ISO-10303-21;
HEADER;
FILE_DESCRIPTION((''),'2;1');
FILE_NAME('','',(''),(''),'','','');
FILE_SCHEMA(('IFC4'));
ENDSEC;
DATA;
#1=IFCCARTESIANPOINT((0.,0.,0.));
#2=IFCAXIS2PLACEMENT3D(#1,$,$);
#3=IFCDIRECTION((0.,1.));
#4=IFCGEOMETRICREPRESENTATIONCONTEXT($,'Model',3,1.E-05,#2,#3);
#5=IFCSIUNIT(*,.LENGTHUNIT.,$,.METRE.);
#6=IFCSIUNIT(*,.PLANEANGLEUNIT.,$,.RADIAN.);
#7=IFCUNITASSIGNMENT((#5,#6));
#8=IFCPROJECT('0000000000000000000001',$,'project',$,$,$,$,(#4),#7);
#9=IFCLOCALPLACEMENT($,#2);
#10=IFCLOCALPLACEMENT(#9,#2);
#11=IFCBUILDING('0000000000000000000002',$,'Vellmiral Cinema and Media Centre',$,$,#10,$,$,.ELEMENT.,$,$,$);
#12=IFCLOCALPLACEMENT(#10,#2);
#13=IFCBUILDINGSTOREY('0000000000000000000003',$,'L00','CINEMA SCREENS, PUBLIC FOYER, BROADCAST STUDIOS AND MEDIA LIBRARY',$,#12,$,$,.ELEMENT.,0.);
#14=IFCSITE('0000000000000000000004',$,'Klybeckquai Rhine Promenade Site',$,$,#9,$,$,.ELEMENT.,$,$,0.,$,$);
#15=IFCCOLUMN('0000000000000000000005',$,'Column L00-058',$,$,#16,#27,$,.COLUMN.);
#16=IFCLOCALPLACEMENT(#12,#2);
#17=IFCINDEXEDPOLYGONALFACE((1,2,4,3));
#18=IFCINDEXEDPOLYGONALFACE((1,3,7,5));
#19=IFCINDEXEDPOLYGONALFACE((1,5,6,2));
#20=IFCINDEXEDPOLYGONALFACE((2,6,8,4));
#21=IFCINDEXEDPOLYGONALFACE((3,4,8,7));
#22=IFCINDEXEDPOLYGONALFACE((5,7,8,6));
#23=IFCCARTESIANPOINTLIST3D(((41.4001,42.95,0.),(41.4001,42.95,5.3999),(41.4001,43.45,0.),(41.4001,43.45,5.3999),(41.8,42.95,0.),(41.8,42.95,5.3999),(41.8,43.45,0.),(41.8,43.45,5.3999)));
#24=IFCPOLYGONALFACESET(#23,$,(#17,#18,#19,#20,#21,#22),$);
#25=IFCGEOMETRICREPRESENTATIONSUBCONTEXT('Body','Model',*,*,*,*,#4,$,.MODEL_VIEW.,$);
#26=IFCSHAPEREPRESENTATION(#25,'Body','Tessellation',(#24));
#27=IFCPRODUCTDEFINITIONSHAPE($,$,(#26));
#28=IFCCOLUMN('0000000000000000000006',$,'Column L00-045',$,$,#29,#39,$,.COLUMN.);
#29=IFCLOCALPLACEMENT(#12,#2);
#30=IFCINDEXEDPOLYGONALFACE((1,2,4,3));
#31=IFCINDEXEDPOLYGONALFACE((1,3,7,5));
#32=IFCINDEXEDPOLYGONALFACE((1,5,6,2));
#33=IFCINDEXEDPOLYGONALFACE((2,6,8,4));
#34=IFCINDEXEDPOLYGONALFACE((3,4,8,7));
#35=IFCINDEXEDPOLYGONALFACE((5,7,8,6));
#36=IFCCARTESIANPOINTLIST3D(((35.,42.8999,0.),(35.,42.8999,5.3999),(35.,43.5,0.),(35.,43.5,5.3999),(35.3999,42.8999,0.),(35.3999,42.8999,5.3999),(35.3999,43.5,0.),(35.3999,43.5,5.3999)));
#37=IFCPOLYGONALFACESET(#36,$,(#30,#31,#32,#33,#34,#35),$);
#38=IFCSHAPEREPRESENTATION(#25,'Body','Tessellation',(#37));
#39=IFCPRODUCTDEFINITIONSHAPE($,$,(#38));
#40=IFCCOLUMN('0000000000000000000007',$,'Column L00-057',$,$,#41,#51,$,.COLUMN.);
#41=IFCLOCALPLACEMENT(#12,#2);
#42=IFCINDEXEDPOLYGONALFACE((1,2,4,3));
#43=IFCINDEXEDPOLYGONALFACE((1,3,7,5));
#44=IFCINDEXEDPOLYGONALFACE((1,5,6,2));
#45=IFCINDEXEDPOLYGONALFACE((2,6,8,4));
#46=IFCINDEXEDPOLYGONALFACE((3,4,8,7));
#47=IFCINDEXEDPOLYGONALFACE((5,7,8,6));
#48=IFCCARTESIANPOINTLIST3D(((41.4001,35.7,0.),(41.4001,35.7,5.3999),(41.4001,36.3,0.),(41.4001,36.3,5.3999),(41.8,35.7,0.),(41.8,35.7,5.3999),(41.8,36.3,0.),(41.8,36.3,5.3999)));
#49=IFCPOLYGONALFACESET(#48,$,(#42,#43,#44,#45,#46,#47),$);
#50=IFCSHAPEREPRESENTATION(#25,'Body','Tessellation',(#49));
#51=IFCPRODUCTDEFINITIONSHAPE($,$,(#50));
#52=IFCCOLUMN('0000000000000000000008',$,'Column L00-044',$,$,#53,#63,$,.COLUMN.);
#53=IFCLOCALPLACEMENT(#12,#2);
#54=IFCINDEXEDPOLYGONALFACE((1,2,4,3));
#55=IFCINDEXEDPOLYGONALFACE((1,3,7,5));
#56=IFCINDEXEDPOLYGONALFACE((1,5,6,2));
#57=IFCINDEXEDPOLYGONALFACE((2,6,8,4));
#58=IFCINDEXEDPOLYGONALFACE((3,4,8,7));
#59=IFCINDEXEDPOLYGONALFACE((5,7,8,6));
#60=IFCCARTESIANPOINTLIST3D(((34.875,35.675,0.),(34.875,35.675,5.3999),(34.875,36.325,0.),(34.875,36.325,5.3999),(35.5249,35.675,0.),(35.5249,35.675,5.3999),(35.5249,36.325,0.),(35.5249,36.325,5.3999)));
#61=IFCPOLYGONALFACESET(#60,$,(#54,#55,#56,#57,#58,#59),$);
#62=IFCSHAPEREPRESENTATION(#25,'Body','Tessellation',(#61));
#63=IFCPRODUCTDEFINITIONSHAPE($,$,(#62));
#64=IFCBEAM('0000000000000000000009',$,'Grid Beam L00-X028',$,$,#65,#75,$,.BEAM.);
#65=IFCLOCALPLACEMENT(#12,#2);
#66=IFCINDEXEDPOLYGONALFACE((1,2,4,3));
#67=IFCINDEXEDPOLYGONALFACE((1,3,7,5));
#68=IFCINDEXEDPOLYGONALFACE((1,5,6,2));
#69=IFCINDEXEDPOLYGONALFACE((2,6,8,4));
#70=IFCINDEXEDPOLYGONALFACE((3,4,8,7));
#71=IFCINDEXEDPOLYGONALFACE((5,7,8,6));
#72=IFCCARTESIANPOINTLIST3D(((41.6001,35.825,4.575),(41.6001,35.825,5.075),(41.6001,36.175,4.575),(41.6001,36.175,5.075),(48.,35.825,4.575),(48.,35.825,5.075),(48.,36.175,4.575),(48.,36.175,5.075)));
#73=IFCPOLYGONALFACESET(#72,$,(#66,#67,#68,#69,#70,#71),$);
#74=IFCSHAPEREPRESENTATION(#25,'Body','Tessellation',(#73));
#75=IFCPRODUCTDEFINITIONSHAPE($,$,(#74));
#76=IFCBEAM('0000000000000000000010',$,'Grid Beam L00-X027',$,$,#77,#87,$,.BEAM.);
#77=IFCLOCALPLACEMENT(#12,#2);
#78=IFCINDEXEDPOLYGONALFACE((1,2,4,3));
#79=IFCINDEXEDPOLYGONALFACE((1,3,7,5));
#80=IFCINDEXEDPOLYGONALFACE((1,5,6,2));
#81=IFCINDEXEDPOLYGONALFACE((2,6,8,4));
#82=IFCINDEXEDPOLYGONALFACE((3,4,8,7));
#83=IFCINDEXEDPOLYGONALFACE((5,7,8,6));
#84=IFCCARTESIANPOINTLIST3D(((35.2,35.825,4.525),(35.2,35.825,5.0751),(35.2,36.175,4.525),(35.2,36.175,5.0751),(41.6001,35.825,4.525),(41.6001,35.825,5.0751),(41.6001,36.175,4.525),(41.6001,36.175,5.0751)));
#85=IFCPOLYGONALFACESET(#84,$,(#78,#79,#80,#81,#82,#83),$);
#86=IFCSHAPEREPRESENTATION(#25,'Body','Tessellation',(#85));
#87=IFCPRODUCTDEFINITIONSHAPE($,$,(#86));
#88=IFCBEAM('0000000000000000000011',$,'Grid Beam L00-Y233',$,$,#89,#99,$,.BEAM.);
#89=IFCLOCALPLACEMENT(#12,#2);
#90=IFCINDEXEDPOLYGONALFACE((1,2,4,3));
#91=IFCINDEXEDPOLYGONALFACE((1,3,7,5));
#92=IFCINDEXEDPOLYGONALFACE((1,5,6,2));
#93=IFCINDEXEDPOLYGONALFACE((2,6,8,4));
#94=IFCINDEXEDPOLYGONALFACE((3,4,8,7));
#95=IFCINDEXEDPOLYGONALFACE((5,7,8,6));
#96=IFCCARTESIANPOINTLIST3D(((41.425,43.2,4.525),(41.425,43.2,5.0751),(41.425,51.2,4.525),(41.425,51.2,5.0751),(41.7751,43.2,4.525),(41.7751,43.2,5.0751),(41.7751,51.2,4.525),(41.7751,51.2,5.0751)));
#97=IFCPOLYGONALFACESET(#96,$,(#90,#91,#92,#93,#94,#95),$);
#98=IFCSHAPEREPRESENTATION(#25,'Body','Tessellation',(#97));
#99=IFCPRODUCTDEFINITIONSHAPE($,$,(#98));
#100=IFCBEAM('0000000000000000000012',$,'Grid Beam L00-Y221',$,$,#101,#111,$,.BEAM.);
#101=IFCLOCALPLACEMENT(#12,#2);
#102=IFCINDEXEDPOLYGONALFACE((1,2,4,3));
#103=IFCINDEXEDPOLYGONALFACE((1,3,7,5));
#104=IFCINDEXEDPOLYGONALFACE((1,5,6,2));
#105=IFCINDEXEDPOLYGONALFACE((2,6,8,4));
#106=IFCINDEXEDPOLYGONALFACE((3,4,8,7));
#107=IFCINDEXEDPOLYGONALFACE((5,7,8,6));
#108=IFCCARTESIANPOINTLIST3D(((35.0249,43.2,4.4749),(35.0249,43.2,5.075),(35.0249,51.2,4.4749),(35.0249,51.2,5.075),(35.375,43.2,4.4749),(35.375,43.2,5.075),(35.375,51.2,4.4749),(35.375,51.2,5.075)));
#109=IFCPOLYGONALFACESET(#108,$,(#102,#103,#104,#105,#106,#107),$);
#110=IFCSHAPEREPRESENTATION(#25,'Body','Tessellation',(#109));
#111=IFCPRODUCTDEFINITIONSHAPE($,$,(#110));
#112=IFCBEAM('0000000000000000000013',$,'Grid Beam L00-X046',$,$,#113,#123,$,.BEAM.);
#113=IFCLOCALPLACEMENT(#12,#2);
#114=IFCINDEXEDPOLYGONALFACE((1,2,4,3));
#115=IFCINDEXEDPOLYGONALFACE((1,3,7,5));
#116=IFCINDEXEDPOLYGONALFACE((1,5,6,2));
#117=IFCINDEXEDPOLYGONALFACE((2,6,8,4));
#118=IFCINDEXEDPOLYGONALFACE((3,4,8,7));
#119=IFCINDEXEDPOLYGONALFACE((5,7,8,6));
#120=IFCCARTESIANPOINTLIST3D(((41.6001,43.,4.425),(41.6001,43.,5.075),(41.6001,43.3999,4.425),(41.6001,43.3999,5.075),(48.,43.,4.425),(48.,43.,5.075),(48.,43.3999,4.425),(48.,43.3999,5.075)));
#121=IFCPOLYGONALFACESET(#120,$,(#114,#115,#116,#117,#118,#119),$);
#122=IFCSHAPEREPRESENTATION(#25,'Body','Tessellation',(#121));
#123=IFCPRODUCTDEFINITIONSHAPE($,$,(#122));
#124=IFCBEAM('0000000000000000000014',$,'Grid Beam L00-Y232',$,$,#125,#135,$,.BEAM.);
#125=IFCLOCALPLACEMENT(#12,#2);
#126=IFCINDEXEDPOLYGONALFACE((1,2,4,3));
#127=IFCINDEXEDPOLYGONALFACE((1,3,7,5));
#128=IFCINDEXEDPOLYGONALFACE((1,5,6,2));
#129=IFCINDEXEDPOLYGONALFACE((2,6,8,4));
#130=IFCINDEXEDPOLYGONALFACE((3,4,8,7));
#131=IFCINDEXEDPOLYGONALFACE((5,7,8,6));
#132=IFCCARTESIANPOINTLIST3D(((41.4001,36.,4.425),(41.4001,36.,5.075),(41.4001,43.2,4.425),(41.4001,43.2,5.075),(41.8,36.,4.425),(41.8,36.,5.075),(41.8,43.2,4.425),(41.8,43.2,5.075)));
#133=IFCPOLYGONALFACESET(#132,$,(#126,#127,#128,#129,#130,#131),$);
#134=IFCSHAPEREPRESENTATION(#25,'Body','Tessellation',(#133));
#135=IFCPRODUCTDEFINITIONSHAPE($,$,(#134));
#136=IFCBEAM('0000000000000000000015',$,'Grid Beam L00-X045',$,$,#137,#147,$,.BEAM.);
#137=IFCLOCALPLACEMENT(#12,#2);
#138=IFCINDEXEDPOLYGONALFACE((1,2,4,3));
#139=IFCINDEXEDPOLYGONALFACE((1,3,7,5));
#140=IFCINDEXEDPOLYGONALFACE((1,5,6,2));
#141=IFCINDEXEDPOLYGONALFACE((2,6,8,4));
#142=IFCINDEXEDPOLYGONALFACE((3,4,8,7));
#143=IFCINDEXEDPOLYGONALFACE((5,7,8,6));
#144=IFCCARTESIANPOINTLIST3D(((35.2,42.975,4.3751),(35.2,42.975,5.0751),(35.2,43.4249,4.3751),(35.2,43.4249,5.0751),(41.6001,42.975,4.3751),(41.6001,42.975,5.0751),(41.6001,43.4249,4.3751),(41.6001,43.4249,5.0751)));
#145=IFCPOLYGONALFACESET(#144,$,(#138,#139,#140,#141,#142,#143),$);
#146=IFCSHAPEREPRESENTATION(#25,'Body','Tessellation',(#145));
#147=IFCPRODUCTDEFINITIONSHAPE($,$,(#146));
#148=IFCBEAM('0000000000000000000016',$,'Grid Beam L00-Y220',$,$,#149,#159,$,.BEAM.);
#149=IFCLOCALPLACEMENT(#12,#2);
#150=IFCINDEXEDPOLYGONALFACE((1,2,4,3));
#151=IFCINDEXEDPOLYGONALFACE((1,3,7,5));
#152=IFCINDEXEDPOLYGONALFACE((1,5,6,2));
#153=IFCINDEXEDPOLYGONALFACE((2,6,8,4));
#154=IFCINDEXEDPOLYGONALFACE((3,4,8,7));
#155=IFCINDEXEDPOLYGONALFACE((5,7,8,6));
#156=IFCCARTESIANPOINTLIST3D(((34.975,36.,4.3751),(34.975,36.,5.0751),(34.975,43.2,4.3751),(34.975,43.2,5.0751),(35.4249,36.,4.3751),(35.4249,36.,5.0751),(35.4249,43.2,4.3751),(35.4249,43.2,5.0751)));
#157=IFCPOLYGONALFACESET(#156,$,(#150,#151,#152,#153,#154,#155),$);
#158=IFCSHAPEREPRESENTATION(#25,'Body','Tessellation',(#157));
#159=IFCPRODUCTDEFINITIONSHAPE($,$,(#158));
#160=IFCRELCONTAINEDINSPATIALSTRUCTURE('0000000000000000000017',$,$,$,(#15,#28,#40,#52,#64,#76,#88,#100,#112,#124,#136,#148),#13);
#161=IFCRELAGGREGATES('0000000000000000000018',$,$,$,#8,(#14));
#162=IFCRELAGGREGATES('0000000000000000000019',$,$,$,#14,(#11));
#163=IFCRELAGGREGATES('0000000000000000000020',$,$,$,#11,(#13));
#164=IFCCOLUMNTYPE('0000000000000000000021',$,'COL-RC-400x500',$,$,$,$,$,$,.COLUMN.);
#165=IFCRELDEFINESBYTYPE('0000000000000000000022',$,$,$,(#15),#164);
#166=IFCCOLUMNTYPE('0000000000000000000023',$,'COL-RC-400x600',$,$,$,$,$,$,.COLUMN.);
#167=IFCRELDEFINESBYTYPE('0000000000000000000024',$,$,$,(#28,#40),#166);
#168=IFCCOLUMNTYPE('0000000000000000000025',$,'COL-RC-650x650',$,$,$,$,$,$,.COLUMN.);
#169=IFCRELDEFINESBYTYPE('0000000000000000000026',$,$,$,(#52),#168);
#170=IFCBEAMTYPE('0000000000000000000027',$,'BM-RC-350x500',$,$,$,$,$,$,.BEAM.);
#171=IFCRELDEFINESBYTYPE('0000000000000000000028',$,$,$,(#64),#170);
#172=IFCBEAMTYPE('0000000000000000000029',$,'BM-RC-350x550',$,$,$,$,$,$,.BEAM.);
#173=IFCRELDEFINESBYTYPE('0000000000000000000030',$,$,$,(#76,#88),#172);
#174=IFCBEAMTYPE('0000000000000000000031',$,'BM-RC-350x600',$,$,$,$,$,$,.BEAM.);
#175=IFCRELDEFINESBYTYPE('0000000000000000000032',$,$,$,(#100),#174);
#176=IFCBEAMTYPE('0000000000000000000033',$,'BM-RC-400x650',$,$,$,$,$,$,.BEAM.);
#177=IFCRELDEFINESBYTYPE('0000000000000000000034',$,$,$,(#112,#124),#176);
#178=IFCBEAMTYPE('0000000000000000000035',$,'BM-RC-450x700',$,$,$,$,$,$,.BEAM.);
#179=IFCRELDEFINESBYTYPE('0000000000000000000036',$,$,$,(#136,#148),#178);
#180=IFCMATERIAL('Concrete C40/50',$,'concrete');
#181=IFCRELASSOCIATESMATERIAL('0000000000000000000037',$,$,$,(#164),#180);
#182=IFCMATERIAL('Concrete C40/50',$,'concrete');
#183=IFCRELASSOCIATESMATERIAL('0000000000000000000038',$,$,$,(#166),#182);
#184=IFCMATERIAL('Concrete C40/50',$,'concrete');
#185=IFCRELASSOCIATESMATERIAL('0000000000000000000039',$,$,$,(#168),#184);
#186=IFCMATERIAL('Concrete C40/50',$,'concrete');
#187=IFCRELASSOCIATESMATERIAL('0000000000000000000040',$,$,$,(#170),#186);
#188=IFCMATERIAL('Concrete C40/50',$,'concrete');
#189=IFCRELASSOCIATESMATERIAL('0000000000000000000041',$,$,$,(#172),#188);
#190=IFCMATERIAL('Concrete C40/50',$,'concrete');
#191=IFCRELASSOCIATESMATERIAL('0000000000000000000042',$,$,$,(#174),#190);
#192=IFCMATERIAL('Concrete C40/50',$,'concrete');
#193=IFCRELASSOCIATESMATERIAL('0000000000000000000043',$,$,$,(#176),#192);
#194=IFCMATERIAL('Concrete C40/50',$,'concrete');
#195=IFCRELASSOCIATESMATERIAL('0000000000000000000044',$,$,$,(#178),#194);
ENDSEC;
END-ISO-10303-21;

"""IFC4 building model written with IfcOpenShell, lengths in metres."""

from ifc_helpers import new_model, si_unit, direction, frame, origin, origin_2d, place, context, subcontext, project, spatial, rectangle, extrude, material, material_profile, profile_set, type_object, element, save


model = new_model("IFC4")

# Units and contexts
model_context = context("Model", 3, precision=1e-05, world=origin(), true_north=direction((0.0, 1.0)))
body_context = subcontext(model_context, "Body", "Model", "MODEL_VIEW")
ifc_project = project(units=[si_unit("LENGTHUNIT", "METRE"), si_unit("PLANEANGLEUNIT", "RADIAN")], contexts=[model_context])

# Site, building, storey
site_placement = place(None, origin())
site = spatial("IfcSite", under=ifc_project, at=site_placement, Name="Klybeckquai Rhine Promenade Site", CompositionType="ELEMENT", RefElevation=0.0)
building_placement = place(site_placement, origin())
building = spatial("IfcBuilding", under=site, at=building_placement, Name="Vellmiral Cinema and Media Centre", CompositionType="ELEMENT")
storey_placement = place(building_placement, origin())
storey = spatial("IfcBuildingStorey", under=building, at=storey_placement, Name="L00", Description="CINEMA SCREENS, PUBLIC FOYER, BROADCAST STUDIOS AND MEDIA LIBRARY", CompositionType="ELEMENT", Elevation=0.0)

# Columns
ifc_material_1 = material(Name="Concrete C40/50", Category="concrete")
ifc_material_profile_1 = material_profile(ifc_material_1, rectangle(XDim=0.3999, YDim=0.5, at=origin_2d()), Name="RC 400x500")
ifc_profile_set_1 = profile_set([ifc_material_profile_1], Name="Concrete C40/50")
column_type_1 = type_object("IfcColumnType", Name="COL-RC-400x500", PredefinedType="COLUMN", material=ifc_profile_set_1)
column_1_placement = place(storey_placement, frame((41.6001, 43.2, 0.0), z_axis=(0.0, 0.0, 1.0), x_axis=(1.0, 0.0, 0.0)))
element("IfcColumn", 1, at=column_1_placement, inside=storey, type_object=column_type_1, Name="Column L00-058", PredefinedType="COLUMN", context=body_context, shape_type="SweptSolid", body=[
    extrude(rectangle(XDim=0.3999, YDim=0.5, at=origin_2d()), origin(), (0.0, 0.0, 1.0), 5.3999),
])
ifc_material_2 = material(Name="Concrete C40/50", Category="concrete")
ifc_material_profile_2 = material_profile(ifc_material_2, rectangle(XDim=0.3999, YDim=0.6001, at=origin_2d()), Name="RC 400x600")
ifc_profile_set_2 = profile_set([ifc_material_profile_2], Name="Concrete C40/50")
column_type_2 = type_object("IfcColumnType", Name="COL-RC-400x600", PredefinedType="COLUMN", material=ifc_profile_set_2)
for number, where, z_axis, x_axis, name in (
    (2, (35.2, 43.2, 0.0), (0.0, 0.0, 1.0), (1.0, 0.0, 0.0), "Column L00-045"),
    (3, (41.6001, 36.0, 0.0), (0.0, 0.0, 1.0), (1.0, 0.0, 0.0), "Column L00-057"),
):
    element("IfcColumn", number, at=place(storey_placement, frame(where, z_axis=z_axis, x_axis=x_axis)), inside=storey, type_object=column_type_2, Name=name, PredefinedType="COLUMN", context=body_context, shape_type="SweptSolid", body=[
        extrude(rectangle(XDim=0.3999, YDim=0.6001, at=origin_2d()), origin(), (0.0, 0.0, 1.0), 5.3999),
    ])
ifc_material_3 = material(Name="Concrete C40/50", Category="concrete")
ifc_material_profile_3 = material_profile(ifc_material_3, rectangle(XDim=0.6499, YDim=0.6499, at=origin_2d()), Name="RC 650x650")
ifc_profile_set_3 = profile_set([ifc_material_profile_3], Name="Concrete C40/50")
column_type_3 = type_object("IfcColumnType", Name="COL-RC-650x650", PredefinedType="COLUMN", material=ifc_profile_set_3)
column_2_placement = place(storey_placement, frame((35.2, 36.0, 0.0), z_axis=(0.0, 0.0, 1.0), x_axis=(1.0, 0.0, 0.0)))
element("IfcColumn", 4, at=column_2_placement, inside=storey, type_object=column_type_3, Name="Column L00-044", PredefinedType="COLUMN", context=body_context, shape_type="SweptSolid", body=[
    extrude(rectangle(XDim=0.6499, YDim=0.6499, at=origin_2d()), origin(), (0.0, 0.0, 1.0), 5.3999),
])

# Beams
ifc_material_4 = material(Name="Concrete C40/50", Category="concrete")
ifc_material_profile_4 = material_profile(ifc_material_4, rectangle(XDim=0.3501, YDim=0.5, at=origin_2d()), Name="RC 350x500")
ifc_profile_set_4 = profile_set([ifc_material_profile_4], Name="Concrete C40/50")
beam_type_1 = type_object("IfcBeamType", Name="BM-RC-350x500", PredefinedType="BEAM", material=ifc_profile_set_4)
beam_1_placement = place(storey_placement, frame((41.6001, 36.0, 4.825), z_axis=(1.0, 0.0, 0.0), x_axis=(0.0, 1.0, 0.0)))
element("IfcBeam", 5, at=beam_1_placement, inside=storey, type_object=beam_type_1, Name="Grid Beam L00-X028", PredefinedType="BEAM", context=body_context, shape_type="SweptSolid", body=[
    extrude(rectangle(XDim=0.3501, YDim=0.5, at=origin_2d()), origin(), (0.0, 0.0, 1.0), 6.3999),
])
ifc_material_5 = material(Name="Concrete C40/50", Category="concrete")
ifc_material_profile_5 = material_profile(ifc_material_5, rectangle(XDim=0.3501, YDim=0.55, at=origin_2d()), Name="RC 350x550")
ifc_profile_set_5 = profile_set([ifc_material_profile_5], Name="Concrete C40/50")
beam_type_2 = type_object("IfcBeamType", Name="BM-RC-350x550", PredefinedType="BEAM", material=ifc_profile_set_5)
beam_2_placement = place(storey_placement, frame((35.2, 36.0, 4.8), z_axis=(1.0, 0.0, 0.0), x_axis=(0.0, 1.0, 0.0)))
element("IfcBeam", 6, at=beam_2_placement, inside=storey, type_object=beam_type_2, Name="Grid Beam L00-X027", PredefinedType="BEAM", context=body_context, shape_type="SweptSolid", body=[
    extrude(rectangle(XDim=0.3501, YDim=0.55, at=origin_2d()), origin(), (0.0, 0.0, 1.0), 6.4001),
])
beam_3_placement = place(storey_placement, frame((41.6001, 43.2, 4.8), z_axis=(0.0, 1.0, 0.0), x_axis=(-1.0, 0.0, 0.0)))
element("IfcBeam", 7, at=beam_3_placement, inside=storey, type_object=beam_type_2, Name="Grid Beam L00-Y233", PredefinedType="BEAM", context=body_context, shape_type="SweptSolid", body=[
    extrude(rectangle(XDim=0.3501, YDim=0.55, at=origin_2d()), origin(), (0.0, 0.0, 1.0), 8.0),
])
ifc_material_6 = material(Name="Concrete C40/50", Category="concrete")
ifc_material_profile_6 = material_profile(ifc_material_6, rectangle(XDim=0.3501, YDim=0.6001, at=origin_2d()), Name="RC 350x600")
ifc_profile_set_6 = profile_set([ifc_material_profile_6], Name="Concrete C40/50")
beam_type_3 = type_object("IfcBeamType", Name="BM-RC-350x600", PredefinedType="BEAM", material=ifc_profile_set_6)
beam_4_placement = place(storey_placement, frame((35.2, 43.2, 4.7749), z_axis=(0.0, 1.0, 0.0), x_axis=(-1.0, 0.0, 0.0)))
element("IfcBeam", 8, at=beam_4_placement, inside=storey, type_object=beam_type_3, Name="Grid Beam L00-Y221", PredefinedType="BEAM", context=body_context, shape_type="SweptSolid", body=[
    extrude(rectangle(XDim=0.3501, YDim=0.6001, at=origin_2d()), origin(), (0.0, 0.0, 1.0), 8.0),
])
ifc_material_7 = material(Name="Concrete C40/50", Category="concrete")
ifc_material_profile_7 = material_profile(ifc_material_7, rectangle(XDim=0.3999, YDim=0.6499, at=origin_2d()), Name="RC 400x650")
ifc_profile_set_7 = profile_set([ifc_material_profile_7], Name="Concrete C40/50")
beam_type_4 = type_object("IfcBeamType", Name="BM-RC-400x650", PredefinedType="BEAM", material=ifc_profile_set_7)
beam_5_placement = place(storey_placement, frame((41.6001, 43.2, 4.75), z_axis=(1.0, 0.0, 0.0), x_axis=(0.0, 1.0, 0.0)))
element("IfcBeam", 9, at=beam_5_placement, inside=storey, type_object=beam_type_4, Name="Grid Beam L00-X046", PredefinedType="BEAM", context=body_context, shape_type="SweptSolid", body=[
    extrude(rectangle(XDim=0.3999, YDim=0.6499, at=origin_2d()), origin(), (0.0, 0.0, 1.0), 6.3999),
])
beam_6_placement = place(storey_placement, frame((41.6001, 36.0, 4.75), z_axis=(0.0, 1.0, 0.0), x_axis=(-1.0, 0.0, 0.0)))
element("IfcBeam", 10, at=beam_6_placement, inside=storey, type_object=beam_type_4, Name="Grid Beam L00-Y232", PredefinedType="BEAM", context=body_context, shape_type="SweptSolid", body=[
    extrude(rectangle(XDim=0.3999, YDim=0.6499, at=origin_2d()), origin(), (0.0, 0.0, 1.0), 7.2),
])
ifc_material_8 = material(Name="Concrete C40/50", Category="concrete")
ifc_material_profile_8 = material_profile(ifc_material_8, rectangle(XDim=0.45, YDim=0.7, at=origin_2d()), Name="RC 450x700")
ifc_profile_set_8 = profile_set([ifc_material_profile_8], Name="Concrete C40/50")
beam_type_5 = type_object("IfcBeamType", Name="BM-RC-450x700", PredefinedType="BEAM", material=ifc_profile_set_8)
beam_7_placement = place(storey_placement, frame((35.2, 43.2, 4.7251), z_axis=(1.0, 0.0, 0.0), x_axis=(0.0, 1.0, 0.0)))
element("IfcBeam", 11, at=beam_7_placement, inside=storey, type_object=beam_type_5, Name="Grid Beam L00-X045", PredefinedType="BEAM", context=body_context, shape_type="SweptSolid", body=[
    extrude(rectangle(XDim=0.45, YDim=0.7, at=origin_2d()), origin(), (0.0, 0.0, 1.0), 6.4001),
])
beam_8_placement = place(storey_placement, frame((35.2, 36.0, 4.7251), z_axis=(0.0, 1.0, 0.0), x_axis=(-1.0, 0.0, 0.0)))
element("IfcBeam", 12, at=beam_8_placement, inside=storey, type_object=beam_type_5, Name="Grid Beam L00-Y220", PredefinedType="BEAM", context=body_context, shape_type="SweptSolid", body=[
    extrude(rectangle(XDim=0.45, YDim=0.7, at=origin_2d()), origin(), (0.0, 0.0, 1.0), 7.2),
])

save(model, "model.ifc")
